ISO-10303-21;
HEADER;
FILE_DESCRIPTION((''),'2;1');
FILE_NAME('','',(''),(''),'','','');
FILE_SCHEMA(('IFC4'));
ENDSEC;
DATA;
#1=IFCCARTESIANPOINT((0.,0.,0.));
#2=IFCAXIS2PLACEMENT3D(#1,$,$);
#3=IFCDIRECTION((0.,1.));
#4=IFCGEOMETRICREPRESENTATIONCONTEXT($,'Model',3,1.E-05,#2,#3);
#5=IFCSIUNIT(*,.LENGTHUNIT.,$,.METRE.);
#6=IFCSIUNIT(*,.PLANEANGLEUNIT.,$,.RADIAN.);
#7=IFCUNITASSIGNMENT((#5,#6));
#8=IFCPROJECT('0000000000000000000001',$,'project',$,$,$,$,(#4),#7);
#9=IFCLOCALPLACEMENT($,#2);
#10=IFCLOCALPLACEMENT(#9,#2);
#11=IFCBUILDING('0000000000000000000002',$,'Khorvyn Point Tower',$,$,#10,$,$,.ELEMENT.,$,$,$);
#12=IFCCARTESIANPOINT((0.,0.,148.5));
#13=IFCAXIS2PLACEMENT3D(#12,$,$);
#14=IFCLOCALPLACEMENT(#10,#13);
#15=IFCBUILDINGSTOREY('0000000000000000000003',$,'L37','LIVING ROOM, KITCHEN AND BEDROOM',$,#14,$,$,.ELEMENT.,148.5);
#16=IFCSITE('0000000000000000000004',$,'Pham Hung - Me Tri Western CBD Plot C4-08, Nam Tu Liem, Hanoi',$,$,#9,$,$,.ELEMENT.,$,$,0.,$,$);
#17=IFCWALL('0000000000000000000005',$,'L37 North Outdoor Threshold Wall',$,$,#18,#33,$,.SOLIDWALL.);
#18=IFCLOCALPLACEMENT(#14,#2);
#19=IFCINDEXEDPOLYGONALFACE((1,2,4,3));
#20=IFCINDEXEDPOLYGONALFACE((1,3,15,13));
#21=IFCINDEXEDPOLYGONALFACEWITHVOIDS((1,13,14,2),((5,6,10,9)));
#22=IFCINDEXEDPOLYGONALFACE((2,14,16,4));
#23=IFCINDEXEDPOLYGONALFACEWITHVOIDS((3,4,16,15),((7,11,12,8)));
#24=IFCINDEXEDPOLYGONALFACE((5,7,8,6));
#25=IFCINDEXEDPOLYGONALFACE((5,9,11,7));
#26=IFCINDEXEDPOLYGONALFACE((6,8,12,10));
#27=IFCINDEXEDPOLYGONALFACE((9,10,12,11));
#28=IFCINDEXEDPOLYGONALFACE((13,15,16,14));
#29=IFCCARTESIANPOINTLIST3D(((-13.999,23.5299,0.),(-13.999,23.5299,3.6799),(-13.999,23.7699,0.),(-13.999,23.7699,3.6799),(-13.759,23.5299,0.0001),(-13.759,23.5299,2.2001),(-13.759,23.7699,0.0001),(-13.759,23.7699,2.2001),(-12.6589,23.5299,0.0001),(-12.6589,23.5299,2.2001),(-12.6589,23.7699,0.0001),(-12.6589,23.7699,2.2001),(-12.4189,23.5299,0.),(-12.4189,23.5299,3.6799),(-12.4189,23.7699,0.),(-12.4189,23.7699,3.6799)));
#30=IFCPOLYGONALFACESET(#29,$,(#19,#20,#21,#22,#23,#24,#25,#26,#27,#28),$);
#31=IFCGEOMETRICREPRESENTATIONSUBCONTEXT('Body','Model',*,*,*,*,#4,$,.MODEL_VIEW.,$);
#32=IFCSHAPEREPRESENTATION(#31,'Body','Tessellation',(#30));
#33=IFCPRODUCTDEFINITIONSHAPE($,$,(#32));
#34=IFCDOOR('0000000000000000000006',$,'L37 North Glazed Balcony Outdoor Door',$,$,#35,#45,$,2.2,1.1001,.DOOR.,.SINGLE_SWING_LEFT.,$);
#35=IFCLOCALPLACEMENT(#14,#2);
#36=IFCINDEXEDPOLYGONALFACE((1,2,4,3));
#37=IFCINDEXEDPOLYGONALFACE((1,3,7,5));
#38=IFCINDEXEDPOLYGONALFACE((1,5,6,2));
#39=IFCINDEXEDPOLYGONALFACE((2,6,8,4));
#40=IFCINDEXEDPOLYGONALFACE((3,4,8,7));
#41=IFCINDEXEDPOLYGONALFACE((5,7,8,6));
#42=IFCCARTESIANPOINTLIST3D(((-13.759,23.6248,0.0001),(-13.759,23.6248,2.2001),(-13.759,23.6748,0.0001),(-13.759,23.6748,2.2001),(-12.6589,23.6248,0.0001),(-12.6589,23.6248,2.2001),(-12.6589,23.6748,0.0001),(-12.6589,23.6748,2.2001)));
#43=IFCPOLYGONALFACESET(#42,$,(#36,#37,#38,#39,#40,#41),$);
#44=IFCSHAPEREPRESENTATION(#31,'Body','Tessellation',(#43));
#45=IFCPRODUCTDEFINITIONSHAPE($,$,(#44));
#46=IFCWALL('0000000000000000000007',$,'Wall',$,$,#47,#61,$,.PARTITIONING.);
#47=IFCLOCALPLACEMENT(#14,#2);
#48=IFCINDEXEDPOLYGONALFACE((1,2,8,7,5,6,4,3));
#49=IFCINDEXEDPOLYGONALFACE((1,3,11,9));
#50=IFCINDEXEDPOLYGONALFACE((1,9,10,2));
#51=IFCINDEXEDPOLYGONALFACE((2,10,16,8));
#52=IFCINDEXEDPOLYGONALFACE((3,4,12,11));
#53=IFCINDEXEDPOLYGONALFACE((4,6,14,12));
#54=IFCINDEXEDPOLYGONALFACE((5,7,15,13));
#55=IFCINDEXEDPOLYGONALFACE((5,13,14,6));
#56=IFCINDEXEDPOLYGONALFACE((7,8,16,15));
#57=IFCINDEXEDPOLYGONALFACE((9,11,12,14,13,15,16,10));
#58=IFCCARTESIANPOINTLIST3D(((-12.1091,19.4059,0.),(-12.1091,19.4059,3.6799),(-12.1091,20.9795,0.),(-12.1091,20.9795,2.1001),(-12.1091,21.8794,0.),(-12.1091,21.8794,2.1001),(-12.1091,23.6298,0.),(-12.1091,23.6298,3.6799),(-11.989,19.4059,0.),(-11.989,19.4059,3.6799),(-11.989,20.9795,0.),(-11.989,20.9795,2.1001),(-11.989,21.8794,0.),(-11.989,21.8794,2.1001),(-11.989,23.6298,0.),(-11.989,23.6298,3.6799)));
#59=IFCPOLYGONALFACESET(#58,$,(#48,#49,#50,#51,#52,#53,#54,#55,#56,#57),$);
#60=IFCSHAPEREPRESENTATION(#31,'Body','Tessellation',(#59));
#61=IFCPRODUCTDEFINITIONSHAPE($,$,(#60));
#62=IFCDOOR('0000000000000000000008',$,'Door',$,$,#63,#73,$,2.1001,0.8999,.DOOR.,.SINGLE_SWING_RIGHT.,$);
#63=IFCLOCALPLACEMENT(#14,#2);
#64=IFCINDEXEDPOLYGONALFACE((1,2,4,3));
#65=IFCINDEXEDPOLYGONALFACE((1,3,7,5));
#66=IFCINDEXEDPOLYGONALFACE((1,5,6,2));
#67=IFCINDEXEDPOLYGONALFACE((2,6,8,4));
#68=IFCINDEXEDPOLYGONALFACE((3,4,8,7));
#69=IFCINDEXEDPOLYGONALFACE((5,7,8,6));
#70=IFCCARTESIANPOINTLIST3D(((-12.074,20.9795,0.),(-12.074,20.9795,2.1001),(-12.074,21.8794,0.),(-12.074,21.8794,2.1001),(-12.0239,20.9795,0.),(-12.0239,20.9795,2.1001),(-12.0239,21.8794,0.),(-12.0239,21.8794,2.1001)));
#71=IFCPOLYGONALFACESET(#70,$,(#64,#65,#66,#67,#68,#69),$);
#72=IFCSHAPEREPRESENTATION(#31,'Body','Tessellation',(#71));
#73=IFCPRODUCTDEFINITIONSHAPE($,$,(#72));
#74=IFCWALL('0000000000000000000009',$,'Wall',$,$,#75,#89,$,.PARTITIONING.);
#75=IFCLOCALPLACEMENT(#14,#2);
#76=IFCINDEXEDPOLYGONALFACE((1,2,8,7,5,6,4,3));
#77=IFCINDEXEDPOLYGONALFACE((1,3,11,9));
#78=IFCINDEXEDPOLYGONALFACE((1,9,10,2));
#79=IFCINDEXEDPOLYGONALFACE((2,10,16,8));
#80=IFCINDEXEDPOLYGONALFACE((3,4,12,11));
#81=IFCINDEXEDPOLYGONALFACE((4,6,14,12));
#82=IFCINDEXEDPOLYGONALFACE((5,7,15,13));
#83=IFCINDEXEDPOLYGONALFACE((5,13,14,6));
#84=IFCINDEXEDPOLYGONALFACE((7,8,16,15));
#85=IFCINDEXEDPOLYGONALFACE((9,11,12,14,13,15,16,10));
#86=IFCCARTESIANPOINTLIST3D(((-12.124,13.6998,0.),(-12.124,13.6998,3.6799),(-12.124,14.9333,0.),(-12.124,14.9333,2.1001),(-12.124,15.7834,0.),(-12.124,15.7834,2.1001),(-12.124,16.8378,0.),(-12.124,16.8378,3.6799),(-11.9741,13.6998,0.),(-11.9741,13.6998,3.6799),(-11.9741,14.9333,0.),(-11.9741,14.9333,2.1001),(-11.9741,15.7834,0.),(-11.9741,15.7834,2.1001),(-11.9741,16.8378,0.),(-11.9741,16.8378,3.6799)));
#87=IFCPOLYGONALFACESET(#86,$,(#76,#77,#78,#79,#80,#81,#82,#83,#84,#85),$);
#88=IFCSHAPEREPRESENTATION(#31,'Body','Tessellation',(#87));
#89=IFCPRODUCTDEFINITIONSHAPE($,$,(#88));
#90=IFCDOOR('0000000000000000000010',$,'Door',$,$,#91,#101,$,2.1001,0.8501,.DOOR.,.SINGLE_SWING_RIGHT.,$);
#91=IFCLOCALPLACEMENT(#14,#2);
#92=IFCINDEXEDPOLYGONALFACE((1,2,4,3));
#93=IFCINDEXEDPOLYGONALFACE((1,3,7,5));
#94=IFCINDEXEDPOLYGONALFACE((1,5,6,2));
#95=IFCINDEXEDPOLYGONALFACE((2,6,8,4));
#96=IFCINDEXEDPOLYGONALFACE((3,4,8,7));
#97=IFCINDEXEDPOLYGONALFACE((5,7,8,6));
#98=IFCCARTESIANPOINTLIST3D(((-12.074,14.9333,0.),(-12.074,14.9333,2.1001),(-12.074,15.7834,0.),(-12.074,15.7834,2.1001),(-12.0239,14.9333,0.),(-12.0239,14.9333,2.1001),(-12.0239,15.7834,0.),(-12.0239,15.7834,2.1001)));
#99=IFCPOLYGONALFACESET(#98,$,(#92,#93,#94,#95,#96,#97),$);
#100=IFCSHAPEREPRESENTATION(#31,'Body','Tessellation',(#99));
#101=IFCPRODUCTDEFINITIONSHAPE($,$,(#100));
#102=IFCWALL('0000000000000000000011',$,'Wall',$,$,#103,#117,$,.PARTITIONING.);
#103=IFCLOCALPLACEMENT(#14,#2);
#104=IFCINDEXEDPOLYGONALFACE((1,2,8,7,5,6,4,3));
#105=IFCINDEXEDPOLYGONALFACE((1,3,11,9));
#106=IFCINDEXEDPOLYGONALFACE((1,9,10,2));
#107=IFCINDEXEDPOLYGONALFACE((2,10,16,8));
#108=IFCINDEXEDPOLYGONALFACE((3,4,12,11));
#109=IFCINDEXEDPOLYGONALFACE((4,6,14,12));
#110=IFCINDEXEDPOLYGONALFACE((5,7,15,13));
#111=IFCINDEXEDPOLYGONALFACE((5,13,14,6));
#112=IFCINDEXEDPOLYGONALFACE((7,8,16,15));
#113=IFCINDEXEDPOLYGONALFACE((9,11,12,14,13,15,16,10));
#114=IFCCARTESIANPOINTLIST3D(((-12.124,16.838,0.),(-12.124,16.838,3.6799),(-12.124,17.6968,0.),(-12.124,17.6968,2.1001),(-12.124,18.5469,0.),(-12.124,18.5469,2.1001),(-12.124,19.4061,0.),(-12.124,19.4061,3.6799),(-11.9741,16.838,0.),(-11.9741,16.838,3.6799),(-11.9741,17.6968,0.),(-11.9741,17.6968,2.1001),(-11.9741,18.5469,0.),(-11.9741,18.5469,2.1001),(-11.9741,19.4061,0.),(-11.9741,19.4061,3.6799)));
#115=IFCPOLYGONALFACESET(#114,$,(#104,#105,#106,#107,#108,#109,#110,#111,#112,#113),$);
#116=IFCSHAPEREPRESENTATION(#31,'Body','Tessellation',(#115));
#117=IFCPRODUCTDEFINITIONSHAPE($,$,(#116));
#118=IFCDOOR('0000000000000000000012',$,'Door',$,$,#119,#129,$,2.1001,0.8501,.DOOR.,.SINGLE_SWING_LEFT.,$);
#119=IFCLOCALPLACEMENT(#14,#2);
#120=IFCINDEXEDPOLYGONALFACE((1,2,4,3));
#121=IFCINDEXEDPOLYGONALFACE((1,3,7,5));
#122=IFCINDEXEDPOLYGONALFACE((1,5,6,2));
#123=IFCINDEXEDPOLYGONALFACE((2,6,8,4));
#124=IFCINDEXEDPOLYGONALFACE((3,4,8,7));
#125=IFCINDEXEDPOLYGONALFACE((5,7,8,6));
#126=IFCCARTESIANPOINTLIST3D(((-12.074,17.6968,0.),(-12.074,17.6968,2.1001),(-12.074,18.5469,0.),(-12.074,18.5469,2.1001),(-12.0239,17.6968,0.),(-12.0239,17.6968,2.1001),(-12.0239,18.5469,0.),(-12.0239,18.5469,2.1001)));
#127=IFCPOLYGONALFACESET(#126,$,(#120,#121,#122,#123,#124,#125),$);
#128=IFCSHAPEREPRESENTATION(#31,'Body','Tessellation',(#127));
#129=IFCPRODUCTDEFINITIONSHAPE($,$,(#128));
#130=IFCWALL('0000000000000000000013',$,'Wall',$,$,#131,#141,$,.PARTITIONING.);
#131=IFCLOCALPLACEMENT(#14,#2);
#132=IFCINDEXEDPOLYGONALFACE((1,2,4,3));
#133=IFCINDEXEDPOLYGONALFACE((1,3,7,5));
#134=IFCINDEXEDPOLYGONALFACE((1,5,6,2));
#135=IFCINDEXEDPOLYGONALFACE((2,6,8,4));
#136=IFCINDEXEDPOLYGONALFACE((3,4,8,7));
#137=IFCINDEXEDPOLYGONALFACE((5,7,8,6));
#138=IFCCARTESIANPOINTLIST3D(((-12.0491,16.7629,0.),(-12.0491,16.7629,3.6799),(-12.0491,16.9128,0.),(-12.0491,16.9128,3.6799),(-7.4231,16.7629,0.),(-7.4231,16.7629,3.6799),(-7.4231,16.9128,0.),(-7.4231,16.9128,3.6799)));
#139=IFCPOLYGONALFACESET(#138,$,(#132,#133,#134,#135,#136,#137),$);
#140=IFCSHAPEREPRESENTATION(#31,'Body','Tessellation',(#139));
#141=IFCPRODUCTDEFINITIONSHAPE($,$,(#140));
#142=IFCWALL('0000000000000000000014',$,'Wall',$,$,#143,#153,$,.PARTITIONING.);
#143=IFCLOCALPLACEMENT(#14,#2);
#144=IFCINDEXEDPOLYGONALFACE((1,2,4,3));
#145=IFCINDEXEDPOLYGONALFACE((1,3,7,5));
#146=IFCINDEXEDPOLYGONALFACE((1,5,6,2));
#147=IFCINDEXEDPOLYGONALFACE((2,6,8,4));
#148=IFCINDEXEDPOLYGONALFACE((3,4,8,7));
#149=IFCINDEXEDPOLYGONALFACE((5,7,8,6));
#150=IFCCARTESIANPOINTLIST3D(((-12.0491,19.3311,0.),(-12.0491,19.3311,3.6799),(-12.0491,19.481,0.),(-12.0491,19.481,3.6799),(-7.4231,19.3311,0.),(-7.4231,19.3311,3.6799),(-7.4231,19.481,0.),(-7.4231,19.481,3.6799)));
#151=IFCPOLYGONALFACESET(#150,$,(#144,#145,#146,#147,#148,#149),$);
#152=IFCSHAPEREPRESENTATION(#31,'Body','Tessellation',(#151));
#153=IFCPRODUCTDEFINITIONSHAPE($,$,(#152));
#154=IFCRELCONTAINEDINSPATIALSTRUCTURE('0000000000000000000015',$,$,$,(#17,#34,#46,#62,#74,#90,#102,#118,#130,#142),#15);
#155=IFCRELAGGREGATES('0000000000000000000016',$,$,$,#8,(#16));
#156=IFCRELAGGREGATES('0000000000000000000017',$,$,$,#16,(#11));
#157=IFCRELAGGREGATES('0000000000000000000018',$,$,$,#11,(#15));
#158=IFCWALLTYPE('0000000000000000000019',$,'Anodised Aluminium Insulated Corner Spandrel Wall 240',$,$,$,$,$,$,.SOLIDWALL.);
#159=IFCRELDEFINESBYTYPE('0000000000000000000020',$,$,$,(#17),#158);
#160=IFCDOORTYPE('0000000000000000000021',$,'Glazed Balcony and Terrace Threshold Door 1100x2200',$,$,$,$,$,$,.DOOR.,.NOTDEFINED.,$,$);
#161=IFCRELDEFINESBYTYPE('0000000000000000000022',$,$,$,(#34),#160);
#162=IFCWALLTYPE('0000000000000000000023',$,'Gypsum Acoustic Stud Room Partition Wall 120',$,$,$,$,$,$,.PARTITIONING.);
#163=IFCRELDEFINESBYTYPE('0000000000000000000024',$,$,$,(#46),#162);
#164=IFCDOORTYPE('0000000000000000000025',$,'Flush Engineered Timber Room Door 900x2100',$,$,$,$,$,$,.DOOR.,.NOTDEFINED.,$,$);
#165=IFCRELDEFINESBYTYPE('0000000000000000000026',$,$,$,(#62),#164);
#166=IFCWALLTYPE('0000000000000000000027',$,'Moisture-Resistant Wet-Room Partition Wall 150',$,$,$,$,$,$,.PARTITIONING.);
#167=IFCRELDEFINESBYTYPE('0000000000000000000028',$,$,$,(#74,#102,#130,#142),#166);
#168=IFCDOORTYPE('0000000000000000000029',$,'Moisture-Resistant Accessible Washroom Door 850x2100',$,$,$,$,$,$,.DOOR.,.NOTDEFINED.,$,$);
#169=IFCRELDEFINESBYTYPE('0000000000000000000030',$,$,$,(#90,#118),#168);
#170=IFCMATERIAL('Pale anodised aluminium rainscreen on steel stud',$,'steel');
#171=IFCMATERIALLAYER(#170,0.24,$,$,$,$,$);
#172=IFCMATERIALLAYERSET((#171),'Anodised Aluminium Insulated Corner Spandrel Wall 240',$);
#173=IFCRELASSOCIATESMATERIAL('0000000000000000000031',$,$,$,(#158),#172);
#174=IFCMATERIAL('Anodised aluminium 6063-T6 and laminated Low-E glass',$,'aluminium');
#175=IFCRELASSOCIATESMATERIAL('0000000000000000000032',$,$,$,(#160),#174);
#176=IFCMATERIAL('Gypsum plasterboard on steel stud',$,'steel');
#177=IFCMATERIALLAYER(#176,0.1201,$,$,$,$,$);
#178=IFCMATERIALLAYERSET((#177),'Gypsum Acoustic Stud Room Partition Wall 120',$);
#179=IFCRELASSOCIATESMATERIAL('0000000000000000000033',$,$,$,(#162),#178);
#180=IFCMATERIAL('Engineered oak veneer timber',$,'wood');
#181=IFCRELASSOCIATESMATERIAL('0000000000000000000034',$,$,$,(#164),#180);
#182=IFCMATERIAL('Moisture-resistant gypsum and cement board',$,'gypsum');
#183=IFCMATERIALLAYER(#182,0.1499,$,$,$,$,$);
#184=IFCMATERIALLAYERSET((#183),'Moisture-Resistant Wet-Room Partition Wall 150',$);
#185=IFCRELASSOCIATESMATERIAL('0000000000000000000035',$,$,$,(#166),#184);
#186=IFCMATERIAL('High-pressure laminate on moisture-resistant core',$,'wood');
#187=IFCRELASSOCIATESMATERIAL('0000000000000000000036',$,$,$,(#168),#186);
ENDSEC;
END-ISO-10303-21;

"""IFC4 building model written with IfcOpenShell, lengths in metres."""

from ifc_helpers import new_model, si_unit, direction, frame, frame_2d, origin, place, context, subcontext, project, spatial, rectangle, extrude, material, layer, layer_set, type_object, element, fill, save


model = new_model("IFC4")

# Units and contexts
model_context = context("Model", 3, precision=1e-05, world=origin(), true_north=direction((0.0, 1.0)))
body_context = subcontext(model_context, "Body", "Model", "MODEL_VIEW")
ifc_project = project(units=[si_unit("LENGTHUNIT", "METRE"), si_unit("PLANEANGLEUNIT", "RADIAN")], contexts=[model_context])

# Site, building, storey
site_placement = place(None, origin())
site = spatial("IfcSite", under=ifc_project, at=site_placement, Name="Pham Hung - Me Tri Western CBD Plot C4-08, Nam Tu Liem, Hanoi", CompositionType="ELEMENT", RefElevation=0.0)
building_placement = place(site_placement, origin())
building = spatial("IfcBuilding", under=site, at=building_placement, Name="Khorvyn Point Tower", CompositionType="ELEMENT")
storey_placement = place(building_placement, frame((0.0, 0.0, 148.5)))
storey = spatial("IfcBuildingStorey", under=building, at=storey_placement, Name="L37", Description="LIVING ROOM, KITCHEN AND BEDROOM", CompositionType="ELEMENT", Elevation=148.5)

# Shared definitions
ifc_material_1 = material(Name="Anodised aluminium 6063-T6 and laminated Low-E glass", Category="aluminium")

# Walls, openings, doors
ifc_material_2 = material(Name="Pale anodised aluminium rainscreen on steel stud", Category="steel")
ifc_layer_1 = layer(ifc_material_2, 0.24)
ifc_layer_set_1 = layer_set([ifc_layer_1], Name="Anodised Aluminium Insulated Corner Spandrel Wall 240")
wall_type_1 = type_object("IfcWallType", Name="Anodised Aluminium Insulated Corner Spandrel Wall 240", PredefinedType="SOLIDWALL", material=ifc_layer_set_1)
wall_1_placement = place(storey_placement, frame((-13.999, 23.6499, 0.0), z_axis=(0.0, 0.0, 1.0), x_axis=(1.0, 0.0, 0.0)))
wall_1 = element("IfcWall", 1, at=wall_1_placement, inside=storey, type_object=wall_type_1, Name="L37 North Outdoor Threshold Wall", PredefinedType="SOLIDWALL", context=body_context, shape_type="SweptSolid", body=[
    extrude(rectangle(XDim=1.5801, YDim=0.24, at=frame_2d((0.79, 0.0))), origin(), (0.0, 0.0, 1.0), 3.6799),
])
opening_1_placement = place(wall_1_placement, frame((0.24, 0.0, 0.0)))
opening_1 = element("IfcOpeningElement", 2, at=opening_1_placement, cuts=wall_1, PredefinedType="OPENING", context=body_context, shape_type="SweptSolid", body=[
    extrude(rectangle(XDim=1.1001, YDim=2.2, at=frame_2d((0.55, 1.1001))), frame((0.0, 0.1299, 0.0), z_axis=(0.0, -1.0, 0.0), x_axis=(1.0, 0.0, 0.0)), (0.0, 0.0, 1.0), 0.26),
])
door_type_1 = type_object("IfcDoorType", Name="Glazed Balcony and Terrace Threshold Door 1100x2200", OperationType="NOTDEFINED", PredefinedType="DOOR", material=ifc_material_1)
door_1_placement = place(opening_1_placement, origin())
door_1 = element("IfcDoor", 3, at=door_1_placement, inside=storey, type_object=door_type_1, Name="L37 North Glazed Balcony Outdoor Door", OperationType="SINGLE_SWING_LEFT", OverallHeight=2.2, OverallWidth=1.1001, PredefinedType="DOOR", context=body_context, shape_type="SweptSolid", body=[
    extrude(rectangle(XDim=1.1001, YDim=2.2, at=frame_2d((0.55, 1.1001))), frame((0.0, 0.0249, 0.0), z_axis=(0.0, -1.0, 0.0), x_axis=(1.0, 0.0, 0.0)), (0.0, 0.0, 1.0), 0.05),
])
fill(opening_1, door_1)
ifc_material_3 = material(Name="Gypsum plasterboard on steel stud", Category="steel")
ifc_layer_2 = layer(ifc_material_3, 0.1201)
ifc_layer_set_2 = layer_set([ifc_layer_2], Name="Gypsum Acoustic Stud Room Partition Wall 120")
wall_type_2 = type_object("IfcWallType", Name="Gypsum Acoustic Stud Room Partition Wall 120", PredefinedType="PARTITIONING", material=ifc_layer_set_2)
wall_2_placement = place(storey_placement, frame((-12.0491, 19.406, 0.0), z_axis=(0.0, 0.0, 1.0), x_axis=(0.0, 1.0, 0.0)))
wall_2 = element("IfcWall", 4, at=wall_2_placement, inside=storey, type_object=wall_type_2, Name="Wall", PredefinedType="PARTITIONING", context=body_context, shape_type="SweptSolid", body=[
    extrude(rectangle(XDim=4.2239, YDim=0.1201, at=frame_2d((2.1118, 0.0))), origin(), (0.0, 0.0, 1.0), 3.6799),
])
opening_2_placement = place(wall_2_placement, frame((1.5735, 0.0, 0.0)))
opening_2 = element("IfcOpeningElement", 5, at=opening_2_placement, cuts=wall_2, PredefinedType="OPENING", context=body_context, shape_type="SweptSolid", body=[
    extrude(rectangle(XDim=0.8999, YDim=2.1001, at=frame_2d((0.45, 1.05))), frame((0.0, 0.0701, 0.0), z_axis=(0.0, -1.0, 0.0), x_axis=(1.0, 0.0, 0.0)), (0.0, 0.0, 1.0), 0.1401),
])
ifc_material_4 = material(Name="Engineered oak veneer timber", Category="wood")
door_type_2 = type_object("IfcDoorType", Name="Flush Engineered Timber Room Door 900x2100", OperationType="NOTDEFINED", PredefinedType="DOOR", material=ifc_material_4)
door_2_placement = place(opening_2_placement, origin())
door_2 = element("IfcDoor", 6, at=door_2_placement, inside=storey, type_object=door_type_2, Name="Door", OperationType="SINGLE_SWING_RIGHT", OverallHeight=2.1001, OverallWidth=0.8999, PredefinedType="DOOR", context=body_context, shape_type="SweptSolid", body=[
    extrude(rectangle(XDim=0.8999, YDim=2.1001, at=frame_2d((0.45, 1.05))), frame((0.0, 0.0249, 0.0), z_axis=(0.0, -1.0, 0.0), x_axis=(1.0, 0.0, 0.0)), (0.0, 0.0, 1.0), 0.05),
])
fill(opening_2, door_2)
ifc_material_5 = material(Name="Moisture-resistant gypsum and cement board", Category="gypsum")
ifc_layer_3 = layer(ifc_material_5, 0.1499)
ifc_layer_set_3 = layer_set([ifc_layer_3], Name="Moisture-Resistant Wet-Room Partition Wall 150")
wall_type_3 = type_object("IfcWallType", Name="Moisture-Resistant Wet-Room Partition Wall 150", PredefinedType="PARTITIONING", material=ifc_layer_set_3)
wall_3_placement = place(storey_placement, frame((-12.0491, 13.7, 0.0), z_axis=(0.0, 0.0, 1.0), x_axis=(0.0, 1.0, 0.0)))
wall_3 = element("IfcWall", 7, at=wall_3_placement, inside=storey, type_object=wall_type_3, Name="Wall", PredefinedType="PARTITIONING", context=body_context, shape_type="SweptSolid", body=[
    extrude(rectangle(XDim=3.1379, YDim=0.1499, at=frame_2d((1.5688, 0.0))), origin(), (0.0, 0.0, 1.0), 3.6799),
])
opening_3_placement = place(wall_3_placement, frame((1.2334, 0.0, 0.0)))
opening_3 = element("IfcOpeningElement", 8, at=opening_3_placement, cuts=wall_3, PredefinedType="OPENING", context=body_context, shape_type="SweptSolid", body=[
    extrude(rectangle(XDim=0.8501, YDim=2.1001, at=frame_2d((0.425, 1.05))), frame((0.0, 0.085, 0.0), z_axis=(0.0, -1.0, 0.0), x_axis=(1.0, 0.0, 0.0)), (0.0, 0.0, 1.0), 0.1699),
])
ifc_material_6 = material(Name="High-pressure laminate on moisture-resistant core", Category="wood")
door_type_3 = type_object("IfcDoorType", Name="Moisture-Resistant Accessible Washroom Door 850x2100", OperationType="NOTDEFINED", PredefinedType="DOOR", material=ifc_material_6)
door_3_placement = place(opening_3_placement, origin())
door_3 = element("IfcDoor", 9, at=door_3_placement, inside=storey, type_object=door_type_3, Name="Door", OperationType="SINGLE_SWING_RIGHT", OverallHeight=2.1001, OverallWidth=0.8501, PredefinedType="DOOR", context=body_context, shape_type="SweptSolid", body=[
    extrude(rectangle(XDim=0.8501, YDim=2.1001, at=frame_2d((0.425, 1.05))), frame((0.0, 0.0249, 0.0), z_axis=(0.0, -1.0, 0.0), x_axis=(1.0, 0.0, 0.0)), (0.0, 0.0, 1.0), 0.05),
])
fill(opening_3, door_3)
wall_4_placement = place(storey_placement, frame((-12.0491, 16.8379, 0.0), z_axis=(0.0, 0.0, 1.0), x_axis=(0.0, 1.0, 0.0)))
wall_4 = element("IfcWall", 10, at=wall_4_placement, inside=storey, type_object=wall_type_3, Name="Wall", PredefinedType="PARTITIONING", context=body_context, shape_type="SweptSolid", body=[
    extrude(rectangle(XDim=2.5681, YDim=0.1499, at=frame_2d((1.2842, 0.0))), origin(), (0.0, 0.0, 1.0), 3.6799),
])
opening_4_placement = place(wall_4_placement, frame((0.8589, 0.0, 0.0)))
opening_4 = element("IfcOpeningElement", 11, at=opening_4_placement, cuts=wall_4, PredefinedType="OPENING", context=body_context, shape_type="SweptSolid", body=[
    extrude(rectangle(XDim=0.8501, YDim=2.1001, at=frame_2d((0.425, 1.05))), frame((0.0, 0.085, 0.0), z_axis=(0.0, -1.0, 0.0), x_axis=(1.0, 0.0, 0.0)), (0.0, 0.0, 1.0), 0.1699),
])
door_4_placement = place(opening_4_placement, origin())
door_4 = element("IfcDoor", 12, at=door_4_placement, inside=storey, type_object=door_type_3, Name="Door", OperationType="SINGLE_SWING_LEFT", OverallHeight=2.1001, OverallWidth=0.8501, PredefinedType="DOOR", context=body_context, shape_type="SweptSolid", body=[
    extrude(rectangle(XDim=0.8501, YDim=2.1001, at=frame_2d((0.425, 1.05))), frame((0.0, 0.0249, 0.0), z_axis=(0.0, -1.0, 0.0), x_axis=(1.0, 0.0, 0.0)), (0.0, 0.0, 1.0), 0.05),
])
fill(opening_4, door_4)

# Walls
for number, where, z_axis, x_axis, name in (
    (13, (-12.0491, 16.8379, 0.0), (0.0, 0.0, 1.0), (1.0, 0.0, 0.0), "Wall"),
    (14, (-12.0491, 19.406, 0.0), (0.0, 0.0, 1.0), (1.0, 0.0, 0.0), "Wall"),
):
    element("IfcWall", number, at=place(storey_placement, frame(where, z_axis=z_axis, x_axis=x_axis)), inside=storey, type_object=wall_type_3, Name=name, PredefinedType="PARTITIONING", context=body_context, shape_type="SweptSolid", body=[
        extrude(rectangle(XDim=4.626, YDim=0.1499, at=frame_2d((2.313, 0.0))), origin(), (0.0, 0.0, 1.0), 3.6799),
    ])

save(model, "model.ifc")
